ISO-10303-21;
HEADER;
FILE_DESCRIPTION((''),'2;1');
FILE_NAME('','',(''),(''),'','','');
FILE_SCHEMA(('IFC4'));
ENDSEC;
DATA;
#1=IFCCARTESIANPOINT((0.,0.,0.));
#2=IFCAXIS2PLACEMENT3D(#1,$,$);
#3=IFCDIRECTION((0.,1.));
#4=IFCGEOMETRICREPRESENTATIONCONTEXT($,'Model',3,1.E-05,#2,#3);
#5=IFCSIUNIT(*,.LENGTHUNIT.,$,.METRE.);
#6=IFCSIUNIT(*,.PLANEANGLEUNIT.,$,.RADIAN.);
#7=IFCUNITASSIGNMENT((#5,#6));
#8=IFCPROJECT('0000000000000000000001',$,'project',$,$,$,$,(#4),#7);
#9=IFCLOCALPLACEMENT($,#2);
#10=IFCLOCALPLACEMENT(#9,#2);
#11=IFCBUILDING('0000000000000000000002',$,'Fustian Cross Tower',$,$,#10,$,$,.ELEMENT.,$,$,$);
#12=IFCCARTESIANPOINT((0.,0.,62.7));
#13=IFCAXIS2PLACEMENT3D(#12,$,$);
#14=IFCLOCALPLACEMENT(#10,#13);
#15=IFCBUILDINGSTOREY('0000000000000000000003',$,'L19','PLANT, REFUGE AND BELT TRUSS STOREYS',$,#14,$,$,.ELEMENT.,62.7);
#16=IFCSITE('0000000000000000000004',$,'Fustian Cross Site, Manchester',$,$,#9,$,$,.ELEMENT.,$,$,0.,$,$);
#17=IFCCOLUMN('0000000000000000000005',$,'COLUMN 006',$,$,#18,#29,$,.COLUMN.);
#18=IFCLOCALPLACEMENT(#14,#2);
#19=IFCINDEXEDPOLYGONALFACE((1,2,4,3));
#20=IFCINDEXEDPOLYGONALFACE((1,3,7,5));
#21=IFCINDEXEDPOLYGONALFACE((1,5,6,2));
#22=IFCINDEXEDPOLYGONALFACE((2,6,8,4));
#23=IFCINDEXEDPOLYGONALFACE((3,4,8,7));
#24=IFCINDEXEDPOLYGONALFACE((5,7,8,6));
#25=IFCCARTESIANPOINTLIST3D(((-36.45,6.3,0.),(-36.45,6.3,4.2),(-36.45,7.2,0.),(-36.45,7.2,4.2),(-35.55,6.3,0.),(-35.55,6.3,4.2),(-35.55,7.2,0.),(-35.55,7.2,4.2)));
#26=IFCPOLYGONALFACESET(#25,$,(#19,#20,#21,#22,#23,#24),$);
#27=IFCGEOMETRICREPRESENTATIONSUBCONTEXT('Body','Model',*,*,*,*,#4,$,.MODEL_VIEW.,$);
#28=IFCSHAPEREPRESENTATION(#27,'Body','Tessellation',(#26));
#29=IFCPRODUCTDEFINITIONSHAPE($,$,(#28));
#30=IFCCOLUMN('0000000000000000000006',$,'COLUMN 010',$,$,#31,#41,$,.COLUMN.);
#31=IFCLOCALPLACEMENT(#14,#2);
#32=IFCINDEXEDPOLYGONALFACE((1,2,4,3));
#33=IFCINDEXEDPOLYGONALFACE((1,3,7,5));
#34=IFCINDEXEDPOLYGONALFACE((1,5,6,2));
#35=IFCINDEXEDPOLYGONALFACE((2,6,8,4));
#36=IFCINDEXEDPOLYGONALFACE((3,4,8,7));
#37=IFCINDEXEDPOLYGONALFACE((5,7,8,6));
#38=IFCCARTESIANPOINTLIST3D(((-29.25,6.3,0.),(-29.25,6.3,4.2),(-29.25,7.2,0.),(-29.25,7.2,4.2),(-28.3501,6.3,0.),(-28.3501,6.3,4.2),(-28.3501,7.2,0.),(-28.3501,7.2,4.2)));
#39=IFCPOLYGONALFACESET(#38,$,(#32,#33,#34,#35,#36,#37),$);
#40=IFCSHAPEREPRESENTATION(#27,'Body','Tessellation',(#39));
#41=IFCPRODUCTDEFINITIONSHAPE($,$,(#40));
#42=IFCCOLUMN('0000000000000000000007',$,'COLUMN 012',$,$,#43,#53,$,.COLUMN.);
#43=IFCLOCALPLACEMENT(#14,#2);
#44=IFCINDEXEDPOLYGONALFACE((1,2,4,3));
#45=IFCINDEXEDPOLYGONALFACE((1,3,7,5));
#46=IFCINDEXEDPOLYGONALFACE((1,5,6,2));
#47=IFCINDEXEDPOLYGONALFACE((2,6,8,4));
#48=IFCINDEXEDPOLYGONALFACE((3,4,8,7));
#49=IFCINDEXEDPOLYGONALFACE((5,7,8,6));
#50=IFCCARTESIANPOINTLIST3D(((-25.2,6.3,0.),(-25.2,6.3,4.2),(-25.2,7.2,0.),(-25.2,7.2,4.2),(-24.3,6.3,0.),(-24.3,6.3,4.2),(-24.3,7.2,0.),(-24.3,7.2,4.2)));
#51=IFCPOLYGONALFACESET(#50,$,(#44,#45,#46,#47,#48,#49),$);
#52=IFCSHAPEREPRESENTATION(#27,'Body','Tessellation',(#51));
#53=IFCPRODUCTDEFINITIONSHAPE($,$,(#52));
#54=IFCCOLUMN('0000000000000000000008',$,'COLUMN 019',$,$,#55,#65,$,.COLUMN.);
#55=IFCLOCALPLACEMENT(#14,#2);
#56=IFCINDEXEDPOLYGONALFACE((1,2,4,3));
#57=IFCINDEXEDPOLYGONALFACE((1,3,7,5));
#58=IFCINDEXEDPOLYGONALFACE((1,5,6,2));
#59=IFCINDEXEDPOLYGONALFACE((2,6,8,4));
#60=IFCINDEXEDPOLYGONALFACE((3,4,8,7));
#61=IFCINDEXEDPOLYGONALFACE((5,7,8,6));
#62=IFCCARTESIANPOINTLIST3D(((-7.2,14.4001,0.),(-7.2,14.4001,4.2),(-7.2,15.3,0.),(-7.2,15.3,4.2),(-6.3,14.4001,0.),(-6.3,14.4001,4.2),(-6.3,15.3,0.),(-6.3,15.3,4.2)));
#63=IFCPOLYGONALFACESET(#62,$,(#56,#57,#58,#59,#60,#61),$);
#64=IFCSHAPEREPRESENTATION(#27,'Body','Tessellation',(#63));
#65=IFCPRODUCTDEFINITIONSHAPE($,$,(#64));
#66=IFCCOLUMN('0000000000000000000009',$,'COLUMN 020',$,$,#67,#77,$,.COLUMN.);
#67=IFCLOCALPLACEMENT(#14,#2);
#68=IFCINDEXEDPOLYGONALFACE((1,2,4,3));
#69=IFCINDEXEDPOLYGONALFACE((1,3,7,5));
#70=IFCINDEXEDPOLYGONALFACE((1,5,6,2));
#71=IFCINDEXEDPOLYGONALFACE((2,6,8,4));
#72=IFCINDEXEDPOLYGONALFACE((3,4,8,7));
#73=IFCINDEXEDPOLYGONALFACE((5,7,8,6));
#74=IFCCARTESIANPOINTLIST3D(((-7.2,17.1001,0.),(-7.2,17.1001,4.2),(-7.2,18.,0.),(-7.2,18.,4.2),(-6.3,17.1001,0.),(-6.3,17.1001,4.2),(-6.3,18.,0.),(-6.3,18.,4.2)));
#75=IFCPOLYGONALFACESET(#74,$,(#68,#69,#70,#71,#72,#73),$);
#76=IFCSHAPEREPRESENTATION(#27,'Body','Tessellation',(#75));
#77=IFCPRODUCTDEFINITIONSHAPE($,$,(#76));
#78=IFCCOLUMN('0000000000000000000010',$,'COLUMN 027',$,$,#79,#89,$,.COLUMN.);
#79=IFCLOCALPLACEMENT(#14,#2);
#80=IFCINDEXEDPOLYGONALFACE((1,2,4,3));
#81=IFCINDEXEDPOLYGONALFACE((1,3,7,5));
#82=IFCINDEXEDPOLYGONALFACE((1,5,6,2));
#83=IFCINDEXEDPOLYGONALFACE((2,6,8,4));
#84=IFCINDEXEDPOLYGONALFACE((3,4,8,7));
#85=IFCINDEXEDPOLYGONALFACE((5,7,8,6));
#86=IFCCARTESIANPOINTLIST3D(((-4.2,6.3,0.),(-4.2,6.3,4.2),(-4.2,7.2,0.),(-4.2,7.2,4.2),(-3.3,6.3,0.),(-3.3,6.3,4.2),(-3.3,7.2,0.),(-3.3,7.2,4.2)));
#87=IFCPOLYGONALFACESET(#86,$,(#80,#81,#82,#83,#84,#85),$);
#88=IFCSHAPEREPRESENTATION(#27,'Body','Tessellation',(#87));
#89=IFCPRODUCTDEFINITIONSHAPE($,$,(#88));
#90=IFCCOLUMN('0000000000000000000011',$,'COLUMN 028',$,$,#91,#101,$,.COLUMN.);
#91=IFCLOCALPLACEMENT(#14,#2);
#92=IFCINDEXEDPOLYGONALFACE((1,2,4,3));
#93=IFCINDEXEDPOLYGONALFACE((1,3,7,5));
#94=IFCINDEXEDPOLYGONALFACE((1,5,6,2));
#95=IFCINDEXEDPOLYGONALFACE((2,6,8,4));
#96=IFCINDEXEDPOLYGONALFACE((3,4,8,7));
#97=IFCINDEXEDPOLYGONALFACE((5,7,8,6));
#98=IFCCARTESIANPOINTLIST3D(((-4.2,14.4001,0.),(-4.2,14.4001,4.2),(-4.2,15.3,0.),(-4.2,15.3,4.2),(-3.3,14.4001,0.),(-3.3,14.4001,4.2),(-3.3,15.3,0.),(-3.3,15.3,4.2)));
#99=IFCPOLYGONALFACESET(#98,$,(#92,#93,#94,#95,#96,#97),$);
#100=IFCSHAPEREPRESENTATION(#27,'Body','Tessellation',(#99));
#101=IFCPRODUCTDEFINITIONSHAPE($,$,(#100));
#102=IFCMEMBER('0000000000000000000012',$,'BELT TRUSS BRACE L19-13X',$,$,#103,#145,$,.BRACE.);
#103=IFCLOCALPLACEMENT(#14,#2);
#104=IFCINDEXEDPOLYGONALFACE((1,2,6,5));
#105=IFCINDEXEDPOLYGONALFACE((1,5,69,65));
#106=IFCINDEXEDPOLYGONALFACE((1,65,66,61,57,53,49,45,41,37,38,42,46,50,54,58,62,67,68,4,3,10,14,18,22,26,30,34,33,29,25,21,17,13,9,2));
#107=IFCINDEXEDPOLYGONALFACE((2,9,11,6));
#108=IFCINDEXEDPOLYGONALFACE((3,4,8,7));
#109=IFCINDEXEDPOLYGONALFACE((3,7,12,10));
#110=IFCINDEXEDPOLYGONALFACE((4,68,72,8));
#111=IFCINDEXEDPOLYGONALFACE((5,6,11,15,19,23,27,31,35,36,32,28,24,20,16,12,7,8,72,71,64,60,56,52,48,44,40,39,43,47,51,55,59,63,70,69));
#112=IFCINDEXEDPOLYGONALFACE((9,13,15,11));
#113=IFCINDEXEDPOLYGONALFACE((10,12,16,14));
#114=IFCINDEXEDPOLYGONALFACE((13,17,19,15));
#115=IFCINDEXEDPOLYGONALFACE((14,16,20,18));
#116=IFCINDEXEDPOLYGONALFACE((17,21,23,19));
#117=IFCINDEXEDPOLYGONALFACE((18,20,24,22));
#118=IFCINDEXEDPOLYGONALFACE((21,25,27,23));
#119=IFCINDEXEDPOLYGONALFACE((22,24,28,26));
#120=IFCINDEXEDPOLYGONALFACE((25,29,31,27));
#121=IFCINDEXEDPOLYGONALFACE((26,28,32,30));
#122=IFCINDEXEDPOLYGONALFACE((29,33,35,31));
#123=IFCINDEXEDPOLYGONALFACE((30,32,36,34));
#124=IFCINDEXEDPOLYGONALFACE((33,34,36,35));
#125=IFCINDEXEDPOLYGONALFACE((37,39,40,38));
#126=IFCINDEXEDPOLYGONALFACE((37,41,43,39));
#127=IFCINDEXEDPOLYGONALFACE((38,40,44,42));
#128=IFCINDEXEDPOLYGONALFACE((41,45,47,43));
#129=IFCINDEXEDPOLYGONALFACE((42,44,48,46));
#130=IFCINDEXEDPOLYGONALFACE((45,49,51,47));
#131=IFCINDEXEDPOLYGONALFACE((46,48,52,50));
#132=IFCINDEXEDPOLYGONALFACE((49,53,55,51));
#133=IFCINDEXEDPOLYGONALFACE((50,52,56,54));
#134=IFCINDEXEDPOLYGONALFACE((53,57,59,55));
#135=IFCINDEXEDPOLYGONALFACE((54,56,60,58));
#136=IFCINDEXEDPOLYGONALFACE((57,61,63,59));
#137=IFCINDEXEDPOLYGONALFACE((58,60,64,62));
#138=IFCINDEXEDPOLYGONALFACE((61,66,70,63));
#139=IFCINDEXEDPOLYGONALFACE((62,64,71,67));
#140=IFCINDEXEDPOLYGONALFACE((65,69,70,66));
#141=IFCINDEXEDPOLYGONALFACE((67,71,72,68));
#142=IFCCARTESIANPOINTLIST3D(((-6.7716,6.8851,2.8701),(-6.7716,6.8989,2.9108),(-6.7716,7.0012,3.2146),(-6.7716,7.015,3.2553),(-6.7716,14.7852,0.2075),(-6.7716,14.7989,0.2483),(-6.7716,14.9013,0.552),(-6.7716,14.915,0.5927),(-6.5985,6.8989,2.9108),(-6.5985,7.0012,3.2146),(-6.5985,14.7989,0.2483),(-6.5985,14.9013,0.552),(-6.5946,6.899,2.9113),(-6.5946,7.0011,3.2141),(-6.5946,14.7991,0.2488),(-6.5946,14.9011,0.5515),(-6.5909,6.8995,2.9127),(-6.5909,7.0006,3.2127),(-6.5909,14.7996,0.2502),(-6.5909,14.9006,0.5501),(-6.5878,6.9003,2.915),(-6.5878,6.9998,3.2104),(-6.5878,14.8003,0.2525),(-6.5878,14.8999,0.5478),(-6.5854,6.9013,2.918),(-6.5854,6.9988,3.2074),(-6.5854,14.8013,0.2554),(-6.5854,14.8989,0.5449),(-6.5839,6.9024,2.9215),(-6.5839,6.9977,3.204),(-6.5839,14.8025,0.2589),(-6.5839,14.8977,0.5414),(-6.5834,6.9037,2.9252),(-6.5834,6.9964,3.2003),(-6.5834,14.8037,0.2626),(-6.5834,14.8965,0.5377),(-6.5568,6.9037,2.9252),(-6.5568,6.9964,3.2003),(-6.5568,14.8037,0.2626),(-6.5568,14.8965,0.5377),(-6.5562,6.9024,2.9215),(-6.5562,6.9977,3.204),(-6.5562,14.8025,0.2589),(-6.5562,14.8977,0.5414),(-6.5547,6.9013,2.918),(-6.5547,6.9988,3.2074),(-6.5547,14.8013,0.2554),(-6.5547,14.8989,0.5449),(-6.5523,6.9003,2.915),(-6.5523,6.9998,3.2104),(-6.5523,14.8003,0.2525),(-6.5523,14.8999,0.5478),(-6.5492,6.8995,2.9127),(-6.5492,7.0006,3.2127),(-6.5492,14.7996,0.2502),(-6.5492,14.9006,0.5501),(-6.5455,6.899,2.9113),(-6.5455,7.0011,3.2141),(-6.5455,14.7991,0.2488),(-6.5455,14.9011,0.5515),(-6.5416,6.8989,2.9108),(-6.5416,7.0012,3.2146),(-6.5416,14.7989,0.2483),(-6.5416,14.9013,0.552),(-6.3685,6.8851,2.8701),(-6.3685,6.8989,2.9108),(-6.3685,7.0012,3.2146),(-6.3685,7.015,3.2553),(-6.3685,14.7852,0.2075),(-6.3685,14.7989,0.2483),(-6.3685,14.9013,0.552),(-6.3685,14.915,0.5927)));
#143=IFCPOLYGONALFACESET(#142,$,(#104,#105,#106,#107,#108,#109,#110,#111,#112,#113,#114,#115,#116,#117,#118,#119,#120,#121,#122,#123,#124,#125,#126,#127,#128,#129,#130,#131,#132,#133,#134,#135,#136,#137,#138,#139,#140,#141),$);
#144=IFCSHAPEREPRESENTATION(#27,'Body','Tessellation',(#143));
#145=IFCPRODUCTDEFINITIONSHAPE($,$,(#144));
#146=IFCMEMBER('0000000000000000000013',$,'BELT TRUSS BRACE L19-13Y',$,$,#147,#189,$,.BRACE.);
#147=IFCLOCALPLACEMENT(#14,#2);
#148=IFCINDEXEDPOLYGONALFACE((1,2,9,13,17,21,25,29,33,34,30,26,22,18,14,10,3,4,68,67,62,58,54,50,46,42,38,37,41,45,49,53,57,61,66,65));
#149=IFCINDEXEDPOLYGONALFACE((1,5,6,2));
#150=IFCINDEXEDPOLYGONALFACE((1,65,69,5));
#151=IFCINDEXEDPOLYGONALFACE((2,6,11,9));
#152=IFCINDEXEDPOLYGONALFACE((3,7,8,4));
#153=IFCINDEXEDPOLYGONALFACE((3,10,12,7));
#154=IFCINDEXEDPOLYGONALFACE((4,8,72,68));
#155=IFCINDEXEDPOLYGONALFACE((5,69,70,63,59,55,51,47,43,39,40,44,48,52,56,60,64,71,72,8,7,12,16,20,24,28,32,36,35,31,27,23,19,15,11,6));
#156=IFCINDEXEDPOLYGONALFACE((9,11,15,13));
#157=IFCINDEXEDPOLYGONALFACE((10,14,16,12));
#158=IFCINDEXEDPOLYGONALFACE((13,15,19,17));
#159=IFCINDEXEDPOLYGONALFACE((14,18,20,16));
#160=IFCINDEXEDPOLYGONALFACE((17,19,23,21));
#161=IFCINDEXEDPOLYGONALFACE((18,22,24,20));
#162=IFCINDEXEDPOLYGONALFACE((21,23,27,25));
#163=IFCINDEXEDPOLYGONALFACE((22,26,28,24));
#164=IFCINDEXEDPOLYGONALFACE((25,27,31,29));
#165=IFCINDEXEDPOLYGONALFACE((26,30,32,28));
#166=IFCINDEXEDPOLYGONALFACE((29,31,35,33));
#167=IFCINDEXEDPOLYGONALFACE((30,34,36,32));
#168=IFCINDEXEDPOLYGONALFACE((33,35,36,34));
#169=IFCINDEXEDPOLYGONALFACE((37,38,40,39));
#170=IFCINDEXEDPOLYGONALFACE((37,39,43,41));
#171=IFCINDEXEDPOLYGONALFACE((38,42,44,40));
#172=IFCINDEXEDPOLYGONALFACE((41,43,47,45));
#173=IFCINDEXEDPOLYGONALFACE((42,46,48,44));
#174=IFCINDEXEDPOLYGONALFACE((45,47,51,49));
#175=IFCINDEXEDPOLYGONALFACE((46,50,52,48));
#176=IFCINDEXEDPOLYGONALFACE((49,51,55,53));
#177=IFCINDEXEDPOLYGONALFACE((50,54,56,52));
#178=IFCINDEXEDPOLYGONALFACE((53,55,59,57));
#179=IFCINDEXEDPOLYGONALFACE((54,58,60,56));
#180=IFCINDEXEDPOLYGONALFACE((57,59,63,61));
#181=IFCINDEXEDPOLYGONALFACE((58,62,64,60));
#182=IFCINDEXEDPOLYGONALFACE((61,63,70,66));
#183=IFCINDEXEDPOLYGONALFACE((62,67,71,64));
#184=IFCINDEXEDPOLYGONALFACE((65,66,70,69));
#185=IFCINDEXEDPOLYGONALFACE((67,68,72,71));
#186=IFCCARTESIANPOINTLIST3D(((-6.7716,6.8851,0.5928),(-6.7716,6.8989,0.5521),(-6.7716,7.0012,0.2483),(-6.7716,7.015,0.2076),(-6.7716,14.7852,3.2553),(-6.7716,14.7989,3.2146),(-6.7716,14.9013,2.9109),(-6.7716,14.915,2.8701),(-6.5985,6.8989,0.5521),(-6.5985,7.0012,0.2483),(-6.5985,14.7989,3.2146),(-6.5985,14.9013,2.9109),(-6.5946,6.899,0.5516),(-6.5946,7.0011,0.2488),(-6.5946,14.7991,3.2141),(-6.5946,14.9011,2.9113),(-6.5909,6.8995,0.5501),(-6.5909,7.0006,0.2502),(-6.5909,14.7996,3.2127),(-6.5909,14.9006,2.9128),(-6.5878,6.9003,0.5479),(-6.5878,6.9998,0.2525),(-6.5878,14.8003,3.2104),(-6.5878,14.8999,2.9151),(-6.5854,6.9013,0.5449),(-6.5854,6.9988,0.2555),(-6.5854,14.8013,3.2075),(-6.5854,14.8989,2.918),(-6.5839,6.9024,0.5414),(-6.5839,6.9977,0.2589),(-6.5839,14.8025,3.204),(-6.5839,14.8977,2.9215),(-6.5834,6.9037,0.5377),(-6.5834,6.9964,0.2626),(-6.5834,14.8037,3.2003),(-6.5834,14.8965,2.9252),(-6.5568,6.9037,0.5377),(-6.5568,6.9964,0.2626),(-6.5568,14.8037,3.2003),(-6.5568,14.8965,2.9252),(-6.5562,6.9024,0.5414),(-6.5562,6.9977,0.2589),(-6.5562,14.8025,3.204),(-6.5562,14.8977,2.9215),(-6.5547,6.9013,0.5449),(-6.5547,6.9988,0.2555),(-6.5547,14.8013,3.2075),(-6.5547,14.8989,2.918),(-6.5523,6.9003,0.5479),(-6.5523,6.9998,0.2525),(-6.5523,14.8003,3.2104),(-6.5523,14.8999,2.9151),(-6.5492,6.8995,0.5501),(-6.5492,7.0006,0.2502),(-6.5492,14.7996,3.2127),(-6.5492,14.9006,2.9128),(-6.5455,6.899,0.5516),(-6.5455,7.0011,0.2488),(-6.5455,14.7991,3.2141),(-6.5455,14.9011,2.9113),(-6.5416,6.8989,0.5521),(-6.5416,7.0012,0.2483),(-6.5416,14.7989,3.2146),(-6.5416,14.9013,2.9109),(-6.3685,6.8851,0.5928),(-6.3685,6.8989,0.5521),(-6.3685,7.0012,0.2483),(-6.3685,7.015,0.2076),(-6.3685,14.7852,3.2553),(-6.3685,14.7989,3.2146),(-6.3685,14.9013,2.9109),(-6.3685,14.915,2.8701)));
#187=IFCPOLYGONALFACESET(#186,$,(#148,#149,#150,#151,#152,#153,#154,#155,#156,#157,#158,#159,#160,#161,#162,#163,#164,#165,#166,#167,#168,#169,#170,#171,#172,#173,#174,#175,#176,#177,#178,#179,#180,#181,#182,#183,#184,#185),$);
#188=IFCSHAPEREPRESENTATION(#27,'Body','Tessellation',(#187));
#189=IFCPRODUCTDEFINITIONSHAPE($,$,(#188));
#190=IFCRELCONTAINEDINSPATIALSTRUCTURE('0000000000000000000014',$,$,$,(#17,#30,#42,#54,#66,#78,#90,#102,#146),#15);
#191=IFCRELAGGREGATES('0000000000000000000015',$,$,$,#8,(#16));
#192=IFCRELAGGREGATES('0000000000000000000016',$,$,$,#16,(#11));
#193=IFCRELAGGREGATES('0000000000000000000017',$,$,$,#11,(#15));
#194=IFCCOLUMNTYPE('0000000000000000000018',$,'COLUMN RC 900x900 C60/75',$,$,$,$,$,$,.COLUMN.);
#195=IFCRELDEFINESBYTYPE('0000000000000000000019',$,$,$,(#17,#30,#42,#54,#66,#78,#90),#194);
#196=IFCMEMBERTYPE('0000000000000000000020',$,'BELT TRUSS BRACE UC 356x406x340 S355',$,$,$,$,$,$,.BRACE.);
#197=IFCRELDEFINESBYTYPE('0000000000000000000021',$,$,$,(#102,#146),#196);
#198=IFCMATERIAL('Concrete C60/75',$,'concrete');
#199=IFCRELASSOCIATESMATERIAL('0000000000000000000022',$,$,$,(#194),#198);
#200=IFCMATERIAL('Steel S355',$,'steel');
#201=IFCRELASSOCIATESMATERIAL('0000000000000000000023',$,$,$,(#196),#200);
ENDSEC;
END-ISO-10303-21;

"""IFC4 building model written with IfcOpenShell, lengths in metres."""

from ifc_helpers import new_model, si_unit, direction, frame, origin, origin_2d, place, context, subcontext, project, spatial, rectangle, i_section, extrude, material, material_profile, profile_set, type_object, element, save


model = new_model("IFC4")

# Units and contexts
model_context = context("Model", 3, precision=1e-05, world=origin(), true_north=direction((0.0, 1.0)))
body_context = subcontext(model_context, "Body", "Model", "MODEL_VIEW")
ifc_project = project(units=[si_unit("LENGTHUNIT", "METRE"), si_unit("PLANEANGLEUNIT", "RADIAN")], contexts=[model_context])

# Site, building, storey
site_placement = place(None, origin())
site = spatial("IfcSite", under=ifc_project, at=site_placement, Name="Fustian Cross Site, Manchester", CompositionType="ELEMENT", RefElevation=0.0)
building_placement = place(site_placement, origin())
building = spatial("IfcBuilding", under=site, at=building_placement, Name="Fustian Cross Tower", CompositionType="ELEMENT")
storey_placement = place(building_placement, frame((0.0, 0.0, 62.7)))
storey = spatial("IfcBuildingStorey", under=building, at=storey_placement, Name="L19", Description="PLANT, REFUGE AND BELT TRUSS STOREYS", CompositionType="ELEMENT", Elevation=62.7)

# Columns
ifc_material_1 = material(Name="Concrete C60/75", Category="concrete")
ifc_material_profile_1 = material_profile(ifc_material_1, rectangle(XDim=0.8999, YDim=0.8999, at=origin_2d()), Name="RC 900x900")
ifc_profile_set_1 = profile_set([ifc_material_profile_1], Name="Concrete C60/75")
column_type = type_object("IfcColumnType", Name="COLUMN RC 900x900 C60/75", PredefinedType="COLUMN", material=ifc_profile_set_1)
for number, where, z_axis, x_axis, name in (
    (1, (-36.0, 6.75, 0.0), (0.0, 0.0, 1.0), (1.0, 0.0, 0.0), "COLUMN 006"),
    (2, (-28.8, 6.75, 0.0), (0.0, 0.0, 1.0), (1.0, 0.0, 0.0), "COLUMN 010"),
    (3, (-24.75, 6.75, 0.0), (0.0, 0.0, 1.0), (1.0, 0.0, 0.0), "COLUMN 012"),
    (4, (-6.75, 14.8501, 0.0), (0.0, 0.0, 1.0), (1.0, 0.0, 0.0), "COLUMN 019"),
    (5, (-6.75, 17.55, 0.0), (0.0, 0.0, 1.0), (1.0, 0.0, 0.0), "COLUMN 020"),
    (6, (-3.75, 6.75, 0.0), (0.0, 0.0, 1.0), (1.0, 0.0, 0.0), "COLUMN 027"),
    (7, (-3.75, 14.8501, 0.0), (0.0, 0.0, 1.0), (1.0, 0.0, 0.0), "COLUMN 028"),
):
    element("IfcColumn", number, at=place(storey_placement, frame(where, z_axis=z_axis, x_axis=x_axis)), inside=storey, type_object=column_type, Name=name, PredefinedType="COLUMN", context=body_context, shape_type="SweptSolid", body=[
        extrude(rectangle(XDim=0.8999, YDim=0.8999, at=origin_2d()), origin(), (0.0, 0.0, 1.0), 4.2),
    ])

# Members
ifc_material_2 = material(Name="Steel S355", Category="steel")
ifc_material_profile_2 = material_profile(ifc_material_2, i_section(OverallWidth=0.4031, OverallDepth=0.4065, WebThickness=0.0266, FlangeThickness=0.043, FilletRadius=0.0151, at=origin_2d()), Name="UC 356x406x340")
ifc_profile_set_2 = profile_set([ifc_material_profile_2], Name="Steel S355")
member_type_1 = type_object("IfcMemberType", Name="BELT TRUSS BRACE UC 356x406x340 S355", PredefinedType="BRACE", material=ifc_profile_set_2)
for number, where, z_axis, x_axis, name in (
    (8, (-6.5701, 14.8501, 0.4001), (0.0, -0.947627, 0.31938), (1.0, 0.0, 0.0), "BELT TRUSS BRACE L19-13X"),
    (9, (-6.5701, 14.8501, 3.0627), (0.0, -0.947627, -0.31938), (1.0, 0.0, 0.0), "BELT TRUSS BRACE L19-13Y"),
):
    element("IfcMember", number, at=place(storey_placement, frame(where, z_axis=z_axis, x_axis=x_axis)), inside=storey, type_object=member_type_1, Name=name, PredefinedType="BRACE", context=body_context, shape_type="SweptSolid", body=[
        extrude(i_section(OverallWidth=0.4031, OverallDepth=0.4065, WebThickness=0.0266, FlangeThickness=0.043, FilletRadius=0.0151, at=origin_2d()), origin(), (0.0, 0.0, 1.0), 8.3367),
    ])

save(model, "model.ifc")
